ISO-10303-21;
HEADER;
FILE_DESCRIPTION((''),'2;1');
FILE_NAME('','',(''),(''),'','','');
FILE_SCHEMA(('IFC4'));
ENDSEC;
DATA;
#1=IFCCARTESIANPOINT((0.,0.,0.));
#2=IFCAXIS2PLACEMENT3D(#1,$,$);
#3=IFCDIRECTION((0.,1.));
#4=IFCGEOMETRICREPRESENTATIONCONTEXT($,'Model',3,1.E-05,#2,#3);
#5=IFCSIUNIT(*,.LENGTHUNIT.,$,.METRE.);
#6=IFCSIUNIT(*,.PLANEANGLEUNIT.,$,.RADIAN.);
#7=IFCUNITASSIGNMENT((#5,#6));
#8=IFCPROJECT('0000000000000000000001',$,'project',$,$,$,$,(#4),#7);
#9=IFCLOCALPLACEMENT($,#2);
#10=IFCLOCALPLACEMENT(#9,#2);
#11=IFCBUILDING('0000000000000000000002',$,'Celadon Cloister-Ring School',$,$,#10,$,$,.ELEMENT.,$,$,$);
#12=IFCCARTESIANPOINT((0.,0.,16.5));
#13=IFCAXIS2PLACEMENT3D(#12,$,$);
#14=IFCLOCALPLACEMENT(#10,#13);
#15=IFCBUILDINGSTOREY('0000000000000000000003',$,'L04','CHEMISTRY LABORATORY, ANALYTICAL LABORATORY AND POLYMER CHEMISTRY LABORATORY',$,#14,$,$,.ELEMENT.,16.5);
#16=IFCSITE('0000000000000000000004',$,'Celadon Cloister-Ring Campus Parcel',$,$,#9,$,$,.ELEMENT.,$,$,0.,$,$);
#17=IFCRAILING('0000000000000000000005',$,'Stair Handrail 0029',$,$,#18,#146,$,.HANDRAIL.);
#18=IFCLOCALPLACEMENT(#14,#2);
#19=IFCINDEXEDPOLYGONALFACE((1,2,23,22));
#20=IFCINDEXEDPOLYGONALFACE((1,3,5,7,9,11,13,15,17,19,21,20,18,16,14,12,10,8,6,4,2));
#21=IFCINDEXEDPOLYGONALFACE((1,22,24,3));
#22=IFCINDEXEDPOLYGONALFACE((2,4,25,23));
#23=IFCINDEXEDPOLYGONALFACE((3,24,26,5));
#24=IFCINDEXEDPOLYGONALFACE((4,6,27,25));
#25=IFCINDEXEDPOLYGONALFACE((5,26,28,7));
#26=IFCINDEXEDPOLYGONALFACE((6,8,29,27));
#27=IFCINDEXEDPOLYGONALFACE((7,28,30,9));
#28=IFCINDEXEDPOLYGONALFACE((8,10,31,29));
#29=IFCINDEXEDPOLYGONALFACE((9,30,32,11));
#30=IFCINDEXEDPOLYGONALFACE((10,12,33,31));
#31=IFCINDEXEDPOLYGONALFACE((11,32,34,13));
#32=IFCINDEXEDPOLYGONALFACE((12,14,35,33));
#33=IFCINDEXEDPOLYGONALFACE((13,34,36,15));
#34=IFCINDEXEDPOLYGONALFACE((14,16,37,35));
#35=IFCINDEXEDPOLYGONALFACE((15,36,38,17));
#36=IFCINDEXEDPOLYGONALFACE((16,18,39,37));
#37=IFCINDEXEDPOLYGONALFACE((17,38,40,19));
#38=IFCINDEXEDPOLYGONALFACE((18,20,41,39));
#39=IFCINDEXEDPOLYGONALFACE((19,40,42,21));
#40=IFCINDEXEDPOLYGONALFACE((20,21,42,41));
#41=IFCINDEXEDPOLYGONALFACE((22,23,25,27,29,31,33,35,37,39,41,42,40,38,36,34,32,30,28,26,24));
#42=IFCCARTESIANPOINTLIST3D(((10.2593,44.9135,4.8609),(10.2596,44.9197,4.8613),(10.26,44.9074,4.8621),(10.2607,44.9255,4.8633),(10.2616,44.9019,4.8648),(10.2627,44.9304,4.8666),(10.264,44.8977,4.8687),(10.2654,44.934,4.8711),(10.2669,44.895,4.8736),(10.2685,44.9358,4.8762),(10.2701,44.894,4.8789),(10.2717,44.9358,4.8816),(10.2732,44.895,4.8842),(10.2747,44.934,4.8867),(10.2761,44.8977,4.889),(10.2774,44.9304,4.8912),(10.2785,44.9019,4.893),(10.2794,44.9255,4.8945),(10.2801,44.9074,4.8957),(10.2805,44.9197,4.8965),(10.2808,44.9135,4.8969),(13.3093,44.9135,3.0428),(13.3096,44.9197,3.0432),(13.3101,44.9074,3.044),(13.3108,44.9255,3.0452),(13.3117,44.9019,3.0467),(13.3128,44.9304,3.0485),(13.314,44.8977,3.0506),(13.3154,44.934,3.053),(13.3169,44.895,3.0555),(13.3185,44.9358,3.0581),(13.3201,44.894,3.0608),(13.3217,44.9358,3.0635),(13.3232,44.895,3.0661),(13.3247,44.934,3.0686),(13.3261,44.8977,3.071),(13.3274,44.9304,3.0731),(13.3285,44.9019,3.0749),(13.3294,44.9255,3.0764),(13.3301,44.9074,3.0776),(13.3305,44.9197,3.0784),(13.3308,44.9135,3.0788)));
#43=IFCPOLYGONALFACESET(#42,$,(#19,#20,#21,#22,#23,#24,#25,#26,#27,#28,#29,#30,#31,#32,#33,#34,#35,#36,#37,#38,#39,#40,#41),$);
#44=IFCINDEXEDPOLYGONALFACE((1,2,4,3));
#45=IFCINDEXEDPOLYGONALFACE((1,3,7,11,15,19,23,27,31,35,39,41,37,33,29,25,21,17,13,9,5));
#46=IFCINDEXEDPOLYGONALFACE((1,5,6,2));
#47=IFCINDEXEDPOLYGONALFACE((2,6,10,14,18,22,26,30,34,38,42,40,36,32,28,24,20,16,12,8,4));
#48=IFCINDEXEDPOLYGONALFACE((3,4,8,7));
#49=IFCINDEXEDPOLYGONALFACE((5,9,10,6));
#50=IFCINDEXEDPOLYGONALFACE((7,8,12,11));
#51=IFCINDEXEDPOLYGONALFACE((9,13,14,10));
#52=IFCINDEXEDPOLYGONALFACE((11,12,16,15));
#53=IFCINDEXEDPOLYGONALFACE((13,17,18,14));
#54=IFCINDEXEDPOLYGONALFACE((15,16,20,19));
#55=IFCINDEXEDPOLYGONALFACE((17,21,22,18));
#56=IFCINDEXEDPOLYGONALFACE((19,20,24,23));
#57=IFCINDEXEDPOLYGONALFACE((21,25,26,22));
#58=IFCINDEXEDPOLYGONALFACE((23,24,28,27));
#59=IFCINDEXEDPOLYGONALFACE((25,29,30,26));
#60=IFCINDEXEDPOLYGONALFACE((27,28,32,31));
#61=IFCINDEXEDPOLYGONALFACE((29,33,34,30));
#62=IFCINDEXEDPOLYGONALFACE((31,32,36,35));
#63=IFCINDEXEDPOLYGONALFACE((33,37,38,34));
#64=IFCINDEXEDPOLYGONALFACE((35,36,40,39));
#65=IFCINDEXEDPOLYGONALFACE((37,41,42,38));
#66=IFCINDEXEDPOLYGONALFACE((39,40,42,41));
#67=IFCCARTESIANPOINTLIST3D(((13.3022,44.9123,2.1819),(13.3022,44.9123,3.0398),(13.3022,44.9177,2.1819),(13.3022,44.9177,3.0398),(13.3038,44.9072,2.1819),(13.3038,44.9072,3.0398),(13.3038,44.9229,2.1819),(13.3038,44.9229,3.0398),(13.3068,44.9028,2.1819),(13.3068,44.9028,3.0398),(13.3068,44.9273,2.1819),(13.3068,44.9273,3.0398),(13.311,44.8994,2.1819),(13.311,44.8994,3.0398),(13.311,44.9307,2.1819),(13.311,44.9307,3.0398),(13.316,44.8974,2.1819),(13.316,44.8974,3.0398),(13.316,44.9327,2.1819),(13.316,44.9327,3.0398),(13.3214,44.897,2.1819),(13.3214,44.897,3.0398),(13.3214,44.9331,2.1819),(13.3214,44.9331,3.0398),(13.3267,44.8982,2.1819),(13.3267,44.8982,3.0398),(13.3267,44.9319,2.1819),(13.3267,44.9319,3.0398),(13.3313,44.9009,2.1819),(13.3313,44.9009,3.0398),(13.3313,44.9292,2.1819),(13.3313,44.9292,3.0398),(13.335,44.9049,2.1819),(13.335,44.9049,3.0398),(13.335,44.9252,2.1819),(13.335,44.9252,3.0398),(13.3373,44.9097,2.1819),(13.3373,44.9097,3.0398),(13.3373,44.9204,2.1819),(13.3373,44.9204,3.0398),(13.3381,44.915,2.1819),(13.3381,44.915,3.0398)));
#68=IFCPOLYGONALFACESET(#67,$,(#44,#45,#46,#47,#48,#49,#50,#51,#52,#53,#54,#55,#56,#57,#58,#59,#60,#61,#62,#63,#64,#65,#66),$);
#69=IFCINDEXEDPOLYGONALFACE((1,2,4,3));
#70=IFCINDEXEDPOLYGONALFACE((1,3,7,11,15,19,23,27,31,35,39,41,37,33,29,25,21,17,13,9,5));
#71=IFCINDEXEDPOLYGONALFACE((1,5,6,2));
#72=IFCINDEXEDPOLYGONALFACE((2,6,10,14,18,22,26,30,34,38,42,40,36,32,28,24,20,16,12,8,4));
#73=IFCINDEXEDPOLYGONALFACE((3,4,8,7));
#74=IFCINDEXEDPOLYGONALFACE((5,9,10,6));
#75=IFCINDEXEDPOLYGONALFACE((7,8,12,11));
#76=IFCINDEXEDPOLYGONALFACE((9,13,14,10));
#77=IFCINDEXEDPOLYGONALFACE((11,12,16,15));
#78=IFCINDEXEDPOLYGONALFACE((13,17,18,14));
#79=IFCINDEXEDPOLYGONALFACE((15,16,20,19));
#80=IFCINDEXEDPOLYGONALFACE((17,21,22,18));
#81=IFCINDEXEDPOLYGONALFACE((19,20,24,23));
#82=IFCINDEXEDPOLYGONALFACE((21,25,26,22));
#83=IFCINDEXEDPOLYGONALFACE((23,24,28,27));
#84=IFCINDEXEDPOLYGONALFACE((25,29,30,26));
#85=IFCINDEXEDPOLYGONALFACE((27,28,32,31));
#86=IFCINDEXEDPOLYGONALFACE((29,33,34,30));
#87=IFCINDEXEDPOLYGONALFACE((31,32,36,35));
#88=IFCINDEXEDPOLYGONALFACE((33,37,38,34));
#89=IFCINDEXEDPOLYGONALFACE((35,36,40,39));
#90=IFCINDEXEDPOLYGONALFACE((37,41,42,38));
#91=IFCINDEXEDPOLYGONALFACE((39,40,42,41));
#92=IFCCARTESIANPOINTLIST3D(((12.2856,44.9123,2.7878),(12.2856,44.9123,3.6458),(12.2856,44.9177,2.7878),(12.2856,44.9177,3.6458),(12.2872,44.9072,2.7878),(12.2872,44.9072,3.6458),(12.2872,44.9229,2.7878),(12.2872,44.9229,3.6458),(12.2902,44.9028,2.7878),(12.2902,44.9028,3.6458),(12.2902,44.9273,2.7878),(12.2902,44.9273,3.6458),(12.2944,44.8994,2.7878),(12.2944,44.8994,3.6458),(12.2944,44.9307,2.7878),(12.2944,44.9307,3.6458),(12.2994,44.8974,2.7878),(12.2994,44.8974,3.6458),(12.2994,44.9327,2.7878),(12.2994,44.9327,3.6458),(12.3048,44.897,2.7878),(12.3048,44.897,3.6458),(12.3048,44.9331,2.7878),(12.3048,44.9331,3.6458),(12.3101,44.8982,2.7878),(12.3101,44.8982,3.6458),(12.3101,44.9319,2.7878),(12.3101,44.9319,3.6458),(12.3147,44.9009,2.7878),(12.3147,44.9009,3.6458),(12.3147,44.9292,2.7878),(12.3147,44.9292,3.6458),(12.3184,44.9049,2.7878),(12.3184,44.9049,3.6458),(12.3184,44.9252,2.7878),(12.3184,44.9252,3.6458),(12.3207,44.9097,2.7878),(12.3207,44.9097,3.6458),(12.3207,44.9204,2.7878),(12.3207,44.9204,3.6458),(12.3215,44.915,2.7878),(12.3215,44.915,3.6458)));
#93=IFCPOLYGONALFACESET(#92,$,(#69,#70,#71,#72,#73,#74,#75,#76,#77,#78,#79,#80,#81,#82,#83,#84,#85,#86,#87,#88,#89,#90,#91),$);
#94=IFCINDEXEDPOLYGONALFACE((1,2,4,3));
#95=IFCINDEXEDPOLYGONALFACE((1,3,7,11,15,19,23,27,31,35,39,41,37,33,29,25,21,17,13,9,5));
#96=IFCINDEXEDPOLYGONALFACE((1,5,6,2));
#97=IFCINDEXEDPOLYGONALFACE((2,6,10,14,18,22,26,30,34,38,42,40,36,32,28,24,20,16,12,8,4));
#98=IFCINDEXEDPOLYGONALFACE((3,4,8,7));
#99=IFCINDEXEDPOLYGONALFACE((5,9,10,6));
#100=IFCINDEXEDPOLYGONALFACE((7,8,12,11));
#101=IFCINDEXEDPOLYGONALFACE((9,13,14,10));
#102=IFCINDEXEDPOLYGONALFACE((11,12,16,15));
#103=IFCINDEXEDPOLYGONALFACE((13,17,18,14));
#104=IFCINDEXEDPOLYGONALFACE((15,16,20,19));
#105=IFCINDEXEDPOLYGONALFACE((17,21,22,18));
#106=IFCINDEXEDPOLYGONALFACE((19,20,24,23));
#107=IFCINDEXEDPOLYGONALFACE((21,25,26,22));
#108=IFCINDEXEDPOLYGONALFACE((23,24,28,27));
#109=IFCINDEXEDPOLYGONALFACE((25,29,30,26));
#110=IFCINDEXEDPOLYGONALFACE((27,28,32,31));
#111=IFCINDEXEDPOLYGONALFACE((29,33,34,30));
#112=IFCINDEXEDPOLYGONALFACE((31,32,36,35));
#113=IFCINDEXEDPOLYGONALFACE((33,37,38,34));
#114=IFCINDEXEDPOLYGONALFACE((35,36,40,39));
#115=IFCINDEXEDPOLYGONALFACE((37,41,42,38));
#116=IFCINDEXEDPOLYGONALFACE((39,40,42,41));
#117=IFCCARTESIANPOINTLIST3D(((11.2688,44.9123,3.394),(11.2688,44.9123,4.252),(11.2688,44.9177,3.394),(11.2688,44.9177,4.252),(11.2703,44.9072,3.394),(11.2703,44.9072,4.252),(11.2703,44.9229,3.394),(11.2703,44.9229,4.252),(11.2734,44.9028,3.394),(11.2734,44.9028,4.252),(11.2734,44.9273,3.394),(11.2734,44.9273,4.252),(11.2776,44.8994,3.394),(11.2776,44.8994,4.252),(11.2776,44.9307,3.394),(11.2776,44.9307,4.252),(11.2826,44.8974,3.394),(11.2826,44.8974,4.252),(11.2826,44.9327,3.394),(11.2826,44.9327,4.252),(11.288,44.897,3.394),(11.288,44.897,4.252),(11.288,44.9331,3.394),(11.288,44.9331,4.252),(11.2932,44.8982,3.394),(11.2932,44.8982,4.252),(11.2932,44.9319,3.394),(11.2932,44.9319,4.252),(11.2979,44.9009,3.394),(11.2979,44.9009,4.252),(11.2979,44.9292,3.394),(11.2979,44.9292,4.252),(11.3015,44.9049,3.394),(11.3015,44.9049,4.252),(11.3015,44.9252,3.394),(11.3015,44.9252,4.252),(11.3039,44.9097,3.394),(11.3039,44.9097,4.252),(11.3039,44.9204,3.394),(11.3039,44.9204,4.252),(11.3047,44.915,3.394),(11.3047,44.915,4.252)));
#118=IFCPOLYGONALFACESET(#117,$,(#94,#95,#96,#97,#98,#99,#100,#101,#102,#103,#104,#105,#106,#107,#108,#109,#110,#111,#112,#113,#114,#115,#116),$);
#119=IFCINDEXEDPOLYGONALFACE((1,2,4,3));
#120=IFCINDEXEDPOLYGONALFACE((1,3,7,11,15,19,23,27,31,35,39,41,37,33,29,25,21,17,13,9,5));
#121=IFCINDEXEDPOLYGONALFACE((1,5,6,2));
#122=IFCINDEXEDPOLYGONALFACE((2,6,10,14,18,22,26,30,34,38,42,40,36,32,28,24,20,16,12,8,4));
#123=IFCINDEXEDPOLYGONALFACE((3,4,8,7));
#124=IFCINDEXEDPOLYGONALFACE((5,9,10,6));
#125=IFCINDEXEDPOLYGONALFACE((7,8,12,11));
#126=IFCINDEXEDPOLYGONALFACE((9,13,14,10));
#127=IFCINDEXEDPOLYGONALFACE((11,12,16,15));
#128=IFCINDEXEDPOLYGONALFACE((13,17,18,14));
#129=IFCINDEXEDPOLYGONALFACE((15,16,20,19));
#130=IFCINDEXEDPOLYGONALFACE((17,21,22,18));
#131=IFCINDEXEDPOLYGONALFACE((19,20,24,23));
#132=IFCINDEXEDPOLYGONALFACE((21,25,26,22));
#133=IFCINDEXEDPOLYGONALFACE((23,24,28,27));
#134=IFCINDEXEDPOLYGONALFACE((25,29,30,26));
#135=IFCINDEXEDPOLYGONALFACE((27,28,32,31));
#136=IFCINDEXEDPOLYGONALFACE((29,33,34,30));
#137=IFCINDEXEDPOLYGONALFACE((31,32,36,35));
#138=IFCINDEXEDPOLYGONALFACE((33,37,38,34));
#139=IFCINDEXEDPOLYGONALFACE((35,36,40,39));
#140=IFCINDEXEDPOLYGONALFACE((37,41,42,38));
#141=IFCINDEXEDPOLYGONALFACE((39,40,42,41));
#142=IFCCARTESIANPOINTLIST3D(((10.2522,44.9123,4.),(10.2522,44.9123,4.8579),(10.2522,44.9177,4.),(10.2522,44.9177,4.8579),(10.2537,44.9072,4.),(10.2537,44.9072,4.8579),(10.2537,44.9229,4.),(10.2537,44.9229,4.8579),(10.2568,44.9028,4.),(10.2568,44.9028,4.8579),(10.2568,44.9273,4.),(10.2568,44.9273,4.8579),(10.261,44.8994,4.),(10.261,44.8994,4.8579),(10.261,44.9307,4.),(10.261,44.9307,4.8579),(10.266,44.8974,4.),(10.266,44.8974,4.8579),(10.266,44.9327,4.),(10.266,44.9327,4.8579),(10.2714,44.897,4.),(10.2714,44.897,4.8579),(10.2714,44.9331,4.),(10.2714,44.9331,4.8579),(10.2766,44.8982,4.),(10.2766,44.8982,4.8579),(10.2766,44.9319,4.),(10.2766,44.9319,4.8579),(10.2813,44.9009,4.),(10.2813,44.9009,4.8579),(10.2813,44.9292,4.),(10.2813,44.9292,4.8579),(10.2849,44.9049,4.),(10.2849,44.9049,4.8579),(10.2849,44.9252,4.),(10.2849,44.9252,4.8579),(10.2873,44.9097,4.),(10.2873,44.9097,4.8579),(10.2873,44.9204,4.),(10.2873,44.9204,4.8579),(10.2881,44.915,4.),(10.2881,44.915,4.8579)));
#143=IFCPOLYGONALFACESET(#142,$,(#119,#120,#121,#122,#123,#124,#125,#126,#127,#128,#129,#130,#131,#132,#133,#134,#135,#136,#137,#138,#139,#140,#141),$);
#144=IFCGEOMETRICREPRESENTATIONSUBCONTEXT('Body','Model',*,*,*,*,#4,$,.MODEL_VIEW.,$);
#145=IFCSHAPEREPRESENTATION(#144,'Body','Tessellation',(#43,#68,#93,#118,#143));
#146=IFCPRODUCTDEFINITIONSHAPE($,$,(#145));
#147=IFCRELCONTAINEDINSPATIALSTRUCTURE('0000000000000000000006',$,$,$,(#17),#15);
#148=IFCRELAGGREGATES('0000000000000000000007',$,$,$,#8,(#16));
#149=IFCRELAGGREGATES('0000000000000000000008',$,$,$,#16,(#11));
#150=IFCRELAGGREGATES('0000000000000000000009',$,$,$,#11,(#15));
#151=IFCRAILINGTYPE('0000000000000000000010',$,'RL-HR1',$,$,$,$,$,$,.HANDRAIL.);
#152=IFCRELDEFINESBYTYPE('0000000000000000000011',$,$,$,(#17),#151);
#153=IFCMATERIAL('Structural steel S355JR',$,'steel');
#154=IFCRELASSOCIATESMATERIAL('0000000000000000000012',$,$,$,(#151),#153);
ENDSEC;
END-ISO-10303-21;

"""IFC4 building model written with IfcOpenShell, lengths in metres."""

from ifc_helpers import new_model, si_unit, direction, frame, origin, origin_2d, place, context, subcontext, project, spatial, circle, extrude, material, type_object, element, save


model = new_model("IFC4")

# Units and contexts
model_context = context("Model", 3, precision=1e-05, world=origin(), true_north=direction((0.0, 1.0)))
body_context = subcontext(model_context, "Body", "Model", "MODEL_VIEW")
ifc_project = project(units=[si_unit("LENGTHUNIT", "METRE"), si_unit("PLANEANGLEUNIT", "RADIAN")], contexts=[model_context])

# Site, building, storey
site_placement = place(None, origin())
site = spatial("IfcSite", under=ifc_project, at=site_placement, Name="Celadon Cloister-Ring Campus Parcel", CompositionType="ELEMENT", RefElevation=0.0)
building_placement = place(site_placement, origin())
building = spatial("IfcBuilding", under=site, at=building_placement, Name="Celadon Cloister-Ring School", CompositionType="ELEMENT")
storey_placement = place(building_placement, frame((0.0, 0.0, 16.5)))
storey = spatial("IfcBuildingStorey", under=building, at=storey_placement, Name="L04", Description="CHEMISTRY LABORATORY, ANALYTICAL LABORATORY AND POLYMER CHEMISTRY LABORATORY", CompositionType="ELEMENT", Elevation=16.5)

# Railing
ifc_material_1 = material(Name="Structural steel S355JR", Category="steel")
railing_type_1 = type_object("IfcRailingType", Name="RL-HR1", PredefinedType="HANDRAIL", material=ifc_material_1)
for number, where, name in (
    (1, (13.3201, 44.915, 2.1819), "Stair Handrail 0029"),
):
    element("IfcRailing", number, at=place(storey_placement, frame(where)), inside=storey, type_object=railing_type_1, Name=name, PredefinedType="HANDRAIL", context=body_context, shape_type="SweptSolid", body=[
        extrude(circle(Radius=0.021, at=origin_2d()), frame((0.0, 0.0, 0.8789), z_axis=(-0.85897, 0.0, 0.512026), x_axis=(0.0, -1.0, 0.0)), (0.0, 0.0, 1.0), 3.5508),
        extrude(circle(Radius=0.0181, at=origin_2d()), origin(), (0.0, 0.0, 1.0), 0.8579),
        extrude(circle(Radius=0.0181, at=origin_2d()), frame((-1.0166, 0.0, 0.606)), (0.0, 0.0, 1.0), 0.8579),
        extrude(circle(Radius=0.0181, at=origin_2d()), frame((-2.0334, 0.0, 1.2122)), (0.0, 0.0, 1.0), 0.8579),
        extrude(circle(Radius=0.0181, at=origin_2d()), frame((-3.05, 0.0, 1.8181)), (0.0, 0.0, 1.0), 0.8579),
    ])

save(model, "model.ifc")
